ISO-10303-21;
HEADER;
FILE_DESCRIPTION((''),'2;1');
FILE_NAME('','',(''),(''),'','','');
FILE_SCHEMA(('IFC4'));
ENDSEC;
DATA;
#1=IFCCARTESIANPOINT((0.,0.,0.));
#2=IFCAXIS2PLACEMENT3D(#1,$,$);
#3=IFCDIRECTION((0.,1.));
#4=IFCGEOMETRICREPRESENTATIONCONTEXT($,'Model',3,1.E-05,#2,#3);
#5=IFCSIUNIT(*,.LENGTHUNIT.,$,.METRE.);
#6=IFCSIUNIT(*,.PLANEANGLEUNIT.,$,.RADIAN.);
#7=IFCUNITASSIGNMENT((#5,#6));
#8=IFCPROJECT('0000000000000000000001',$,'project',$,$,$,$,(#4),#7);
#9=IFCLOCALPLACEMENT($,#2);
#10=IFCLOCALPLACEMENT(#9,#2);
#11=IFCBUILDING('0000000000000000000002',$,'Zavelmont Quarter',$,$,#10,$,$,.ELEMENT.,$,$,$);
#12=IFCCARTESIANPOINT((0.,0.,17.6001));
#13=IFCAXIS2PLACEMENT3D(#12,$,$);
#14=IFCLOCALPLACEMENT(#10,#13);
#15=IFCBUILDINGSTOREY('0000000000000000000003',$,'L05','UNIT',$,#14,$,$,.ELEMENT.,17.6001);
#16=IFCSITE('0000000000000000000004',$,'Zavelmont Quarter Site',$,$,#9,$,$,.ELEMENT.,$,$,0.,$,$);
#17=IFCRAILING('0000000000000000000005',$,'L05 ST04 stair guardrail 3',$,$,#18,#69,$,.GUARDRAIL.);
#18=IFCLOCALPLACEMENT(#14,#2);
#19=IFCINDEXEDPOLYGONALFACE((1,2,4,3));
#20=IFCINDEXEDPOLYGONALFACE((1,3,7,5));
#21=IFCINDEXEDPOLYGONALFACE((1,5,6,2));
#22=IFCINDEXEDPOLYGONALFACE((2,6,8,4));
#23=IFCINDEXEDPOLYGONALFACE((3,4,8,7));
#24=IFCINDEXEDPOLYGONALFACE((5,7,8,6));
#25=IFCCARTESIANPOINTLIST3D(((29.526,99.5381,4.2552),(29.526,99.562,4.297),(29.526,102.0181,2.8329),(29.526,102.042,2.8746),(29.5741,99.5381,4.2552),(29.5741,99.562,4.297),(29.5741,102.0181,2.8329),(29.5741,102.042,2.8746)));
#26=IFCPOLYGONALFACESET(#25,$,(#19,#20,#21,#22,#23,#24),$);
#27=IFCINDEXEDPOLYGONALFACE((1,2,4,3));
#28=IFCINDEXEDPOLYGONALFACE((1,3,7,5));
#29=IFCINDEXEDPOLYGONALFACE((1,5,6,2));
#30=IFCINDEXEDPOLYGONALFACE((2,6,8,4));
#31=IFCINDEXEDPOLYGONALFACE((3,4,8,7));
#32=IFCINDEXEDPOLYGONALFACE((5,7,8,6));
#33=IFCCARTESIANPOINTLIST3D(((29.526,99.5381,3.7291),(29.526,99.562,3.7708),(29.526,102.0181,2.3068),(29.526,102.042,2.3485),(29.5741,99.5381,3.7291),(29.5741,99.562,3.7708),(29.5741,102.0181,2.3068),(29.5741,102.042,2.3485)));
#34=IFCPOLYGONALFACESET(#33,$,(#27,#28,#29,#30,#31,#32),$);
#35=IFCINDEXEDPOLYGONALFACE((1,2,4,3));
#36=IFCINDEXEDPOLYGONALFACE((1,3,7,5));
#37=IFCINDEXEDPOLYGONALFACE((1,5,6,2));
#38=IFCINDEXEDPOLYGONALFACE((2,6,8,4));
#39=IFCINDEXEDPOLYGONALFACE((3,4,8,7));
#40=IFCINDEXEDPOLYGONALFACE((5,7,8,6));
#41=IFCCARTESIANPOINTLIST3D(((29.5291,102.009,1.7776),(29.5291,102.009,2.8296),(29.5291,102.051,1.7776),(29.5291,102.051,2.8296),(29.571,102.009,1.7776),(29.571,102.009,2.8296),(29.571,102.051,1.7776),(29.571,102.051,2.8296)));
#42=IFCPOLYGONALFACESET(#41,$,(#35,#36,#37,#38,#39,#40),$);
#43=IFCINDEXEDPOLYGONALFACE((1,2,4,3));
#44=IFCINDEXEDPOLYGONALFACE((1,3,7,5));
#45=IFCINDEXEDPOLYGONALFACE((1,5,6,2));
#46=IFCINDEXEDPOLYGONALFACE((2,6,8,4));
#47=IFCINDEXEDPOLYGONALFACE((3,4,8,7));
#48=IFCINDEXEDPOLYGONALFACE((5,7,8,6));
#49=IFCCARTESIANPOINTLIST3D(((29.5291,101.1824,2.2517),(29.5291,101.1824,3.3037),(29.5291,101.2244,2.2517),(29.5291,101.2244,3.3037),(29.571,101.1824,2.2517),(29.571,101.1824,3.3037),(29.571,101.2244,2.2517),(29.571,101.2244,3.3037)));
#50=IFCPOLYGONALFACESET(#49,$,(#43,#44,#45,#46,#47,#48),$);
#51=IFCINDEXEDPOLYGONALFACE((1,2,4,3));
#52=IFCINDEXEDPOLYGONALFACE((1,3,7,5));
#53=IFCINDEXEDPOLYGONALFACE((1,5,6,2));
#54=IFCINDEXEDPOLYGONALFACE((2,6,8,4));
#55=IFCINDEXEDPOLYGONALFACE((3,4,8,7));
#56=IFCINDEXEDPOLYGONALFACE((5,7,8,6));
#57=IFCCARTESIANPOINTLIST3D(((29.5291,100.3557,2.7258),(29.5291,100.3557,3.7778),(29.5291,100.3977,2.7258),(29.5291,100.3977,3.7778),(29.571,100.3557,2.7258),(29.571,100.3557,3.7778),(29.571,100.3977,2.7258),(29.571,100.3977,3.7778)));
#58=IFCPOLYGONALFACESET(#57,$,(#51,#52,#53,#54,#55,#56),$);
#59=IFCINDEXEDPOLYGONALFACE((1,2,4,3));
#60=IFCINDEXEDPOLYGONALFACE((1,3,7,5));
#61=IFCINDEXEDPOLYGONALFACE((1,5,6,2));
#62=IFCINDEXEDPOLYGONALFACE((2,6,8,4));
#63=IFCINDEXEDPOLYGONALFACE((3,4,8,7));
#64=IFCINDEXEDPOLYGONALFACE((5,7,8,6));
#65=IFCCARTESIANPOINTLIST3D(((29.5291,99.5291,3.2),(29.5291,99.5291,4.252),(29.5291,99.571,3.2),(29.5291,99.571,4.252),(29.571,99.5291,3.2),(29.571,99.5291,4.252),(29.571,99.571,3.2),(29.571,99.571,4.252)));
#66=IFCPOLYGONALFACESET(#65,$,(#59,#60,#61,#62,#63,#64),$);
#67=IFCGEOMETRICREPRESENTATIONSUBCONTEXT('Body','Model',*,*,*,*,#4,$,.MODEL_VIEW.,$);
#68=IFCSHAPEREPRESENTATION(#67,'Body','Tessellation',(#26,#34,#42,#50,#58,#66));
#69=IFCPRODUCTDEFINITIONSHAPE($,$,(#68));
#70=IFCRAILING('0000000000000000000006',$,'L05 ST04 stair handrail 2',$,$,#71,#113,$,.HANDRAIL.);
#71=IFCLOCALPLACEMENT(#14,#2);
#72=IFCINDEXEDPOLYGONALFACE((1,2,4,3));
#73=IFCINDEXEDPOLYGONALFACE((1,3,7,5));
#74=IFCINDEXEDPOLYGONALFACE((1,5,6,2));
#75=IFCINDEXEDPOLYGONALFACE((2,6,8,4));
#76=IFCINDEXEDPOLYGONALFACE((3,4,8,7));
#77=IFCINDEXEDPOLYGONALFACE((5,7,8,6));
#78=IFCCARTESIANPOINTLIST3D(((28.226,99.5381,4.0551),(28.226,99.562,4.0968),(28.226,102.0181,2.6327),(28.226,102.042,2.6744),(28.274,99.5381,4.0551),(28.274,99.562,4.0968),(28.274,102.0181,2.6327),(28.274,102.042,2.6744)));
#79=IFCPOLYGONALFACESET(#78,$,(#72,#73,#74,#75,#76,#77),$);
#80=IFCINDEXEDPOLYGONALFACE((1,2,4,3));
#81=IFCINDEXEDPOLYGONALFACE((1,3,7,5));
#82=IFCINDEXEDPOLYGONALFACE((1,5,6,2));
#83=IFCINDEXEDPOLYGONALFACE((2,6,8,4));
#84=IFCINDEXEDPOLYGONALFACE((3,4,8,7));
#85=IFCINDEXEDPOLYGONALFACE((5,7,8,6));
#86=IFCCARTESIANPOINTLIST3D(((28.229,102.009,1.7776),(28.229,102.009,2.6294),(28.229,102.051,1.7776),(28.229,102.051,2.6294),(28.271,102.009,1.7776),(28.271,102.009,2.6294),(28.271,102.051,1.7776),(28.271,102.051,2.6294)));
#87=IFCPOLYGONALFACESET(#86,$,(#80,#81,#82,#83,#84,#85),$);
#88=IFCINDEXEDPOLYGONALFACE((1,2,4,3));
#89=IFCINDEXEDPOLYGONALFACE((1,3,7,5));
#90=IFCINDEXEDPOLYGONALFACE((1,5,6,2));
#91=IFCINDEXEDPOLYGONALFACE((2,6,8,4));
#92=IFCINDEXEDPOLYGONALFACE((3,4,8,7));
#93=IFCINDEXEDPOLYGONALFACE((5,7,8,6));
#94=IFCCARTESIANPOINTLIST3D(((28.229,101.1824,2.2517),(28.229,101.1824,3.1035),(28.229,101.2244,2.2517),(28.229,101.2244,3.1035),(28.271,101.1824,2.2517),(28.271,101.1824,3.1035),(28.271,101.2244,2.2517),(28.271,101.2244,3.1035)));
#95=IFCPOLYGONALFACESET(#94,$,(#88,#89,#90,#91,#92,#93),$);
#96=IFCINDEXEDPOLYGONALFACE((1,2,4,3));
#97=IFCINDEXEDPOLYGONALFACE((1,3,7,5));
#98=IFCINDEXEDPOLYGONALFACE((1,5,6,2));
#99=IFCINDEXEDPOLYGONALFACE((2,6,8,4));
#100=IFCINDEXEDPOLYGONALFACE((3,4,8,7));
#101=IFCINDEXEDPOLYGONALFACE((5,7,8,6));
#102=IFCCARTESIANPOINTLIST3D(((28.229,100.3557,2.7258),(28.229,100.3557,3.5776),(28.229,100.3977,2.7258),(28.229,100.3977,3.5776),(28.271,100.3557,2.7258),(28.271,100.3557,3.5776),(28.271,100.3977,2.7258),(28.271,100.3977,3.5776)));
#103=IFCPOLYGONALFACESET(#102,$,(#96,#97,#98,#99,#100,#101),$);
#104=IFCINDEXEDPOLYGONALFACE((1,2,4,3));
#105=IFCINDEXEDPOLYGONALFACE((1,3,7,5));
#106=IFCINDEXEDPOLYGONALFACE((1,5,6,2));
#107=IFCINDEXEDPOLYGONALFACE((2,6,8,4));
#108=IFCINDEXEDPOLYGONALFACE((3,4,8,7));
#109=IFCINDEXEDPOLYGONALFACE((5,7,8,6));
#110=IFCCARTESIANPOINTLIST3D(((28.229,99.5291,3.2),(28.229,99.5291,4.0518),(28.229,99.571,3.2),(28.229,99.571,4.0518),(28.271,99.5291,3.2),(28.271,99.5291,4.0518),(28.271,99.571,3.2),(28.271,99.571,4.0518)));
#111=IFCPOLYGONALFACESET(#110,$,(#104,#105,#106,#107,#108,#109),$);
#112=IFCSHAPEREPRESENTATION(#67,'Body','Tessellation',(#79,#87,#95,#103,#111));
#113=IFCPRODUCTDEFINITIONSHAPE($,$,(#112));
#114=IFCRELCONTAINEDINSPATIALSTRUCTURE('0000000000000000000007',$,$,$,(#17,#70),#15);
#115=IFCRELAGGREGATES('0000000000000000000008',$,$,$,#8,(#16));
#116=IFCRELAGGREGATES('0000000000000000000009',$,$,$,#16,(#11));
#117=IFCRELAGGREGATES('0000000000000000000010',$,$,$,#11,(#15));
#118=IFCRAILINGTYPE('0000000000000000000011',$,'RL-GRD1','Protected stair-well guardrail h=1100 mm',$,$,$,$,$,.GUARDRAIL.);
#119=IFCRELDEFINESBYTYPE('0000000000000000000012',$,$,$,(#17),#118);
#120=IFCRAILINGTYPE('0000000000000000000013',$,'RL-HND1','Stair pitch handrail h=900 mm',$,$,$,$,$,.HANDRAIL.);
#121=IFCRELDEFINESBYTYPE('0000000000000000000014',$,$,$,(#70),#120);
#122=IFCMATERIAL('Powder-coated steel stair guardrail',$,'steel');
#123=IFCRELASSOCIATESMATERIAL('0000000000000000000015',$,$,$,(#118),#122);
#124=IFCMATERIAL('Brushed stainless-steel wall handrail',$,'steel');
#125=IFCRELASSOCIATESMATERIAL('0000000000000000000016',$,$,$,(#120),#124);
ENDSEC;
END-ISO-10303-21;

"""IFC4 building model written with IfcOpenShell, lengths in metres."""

from ifc_helpers import new_model, si_unit, direction, frame, origin, origin_2d, place, context, subcontext, project, spatial, rectangle, extrude, material, type_object, element, save


model = new_model("IFC4")

# Units and contexts
model_context = context("Model", 3, precision=1e-05, world=origin(), true_north=direction((0.0, 1.0)))
body_context = subcontext(model_context, "Body", "Model", "MODEL_VIEW")
ifc_project = project(units=[si_unit("LENGTHUNIT", "METRE"), si_unit("PLANEANGLEUNIT", "RADIAN")], contexts=[model_context])

# Site, building, storey
site_placement = place(None, origin())
site = spatial("IfcSite", under=ifc_project, at=site_placement, Name="Zavelmont Quarter Site", CompositionType="ELEMENT", RefElevation=0.0)
building_placement = place(site_placement, origin())
building = spatial("IfcBuilding", under=site, at=building_placement, Name="Zavelmont Quarter", CompositionType="ELEMENT")
storey_placement = place(building_placement, frame((0.0, 0.0, 17.6001)))
storey = spatial("IfcBuildingStorey", under=building, at=storey_placement, Name="L05", Description="UNIT", CompositionType="ELEMENT", Elevation=17.6001)

# Railings
ifc_material_1 = material(Name="Powder-coated steel stair guardrail", Category="steel")
railing_type_1 = type_object("IfcRailingType", Name="RL-GRD1", Description="Protected stair-well guardrail h=1100 mm", PredefinedType="GUARDRAIL", material=ifc_material_1)
railing_1_placement = place(storey_placement, frame((29.55, 102.03, 1.7776)))
element("IfcRailing", 1, at=railing_1_placement, inside=storey, type_object=railing_type_1, Name="L05 ST04 stair guardrail 3", PredefinedType="GUARDRAIL", context=body_context, shape_type="SweptSolid", body=[
    extrude(rectangle(XDim=0.0481, YDim=0.0481, at=origin_2d()), frame((0.0, 0.0, 1.0762), z_axis=(0.0, -0.867454, 0.497518), x_axis=(1.0, 0.0, 0.0)), (0.0, 0.0, 1.0), 2.8589),
    extrude(rectangle(XDim=0.0481, YDim=0.0481, at=origin_2d()), frame((0.0, 0.0, 0.55), z_axis=(0.0, -0.867454, 0.497518), x_axis=(1.0, 0.0, 0.0)), (0.0, 0.0, 1.0), 2.8589),
    extrude(rectangle(XDim=0.042, YDim=0.042, at=origin_2d()), origin(), (0.0, 0.0, 1.0), 1.052),
    extrude(rectangle(XDim=0.042, YDim=0.042, at=origin_2d()), frame((0.0, -0.8267, 0.4741)), (0.0, 0.0, 1.0), 1.052),
    extrude(rectangle(XDim=0.042, YDim=0.042, at=origin_2d()), frame((0.0, -1.6533, 0.9482)), (0.0, 0.0, 1.0), 1.052),
    extrude(rectangle(XDim=0.042, YDim=0.042, at=origin_2d()), frame((0.0, -2.48, 1.4224)), (0.0, 0.0, 1.0), 1.052),
])
ifc_material_2 = material(Name="Brushed stainless-steel wall handrail", Category="steel")
railing_type_2 = type_object("IfcRailingType", Name="RL-HND1", Description="Stair pitch handrail h=900 mm", PredefinedType="HANDRAIL", material=ifc_material_2)
railing_2_placement = place(storey_placement, frame((28.25, 102.03, 1.7776)))
element("IfcRailing", 2, at=railing_2_placement, inside=storey, type_object=railing_type_2, Name="L05 ST04 stair handrail 2", PredefinedType="HANDRAIL", context=body_context, shape_type="SweptSolid", body=[
    extrude(rectangle(XDim=0.0481, YDim=0.0481, at=origin_2d()), frame((0.0, 0.0, 0.876), z_axis=(0.0, -0.867454, 0.497518), x_axis=(1.0, 0.0, 0.0)), (0.0, 0.0, 1.0), 2.8589),
    extrude(rectangle(XDim=0.042, YDim=0.042, at=origin_2d()), origin(), (0.0, 0.0, 1.0), 0.8518),
    extrude(rectangle(XDim=0.042, YDim=0.042, at=origin_2d()), frame((0.0, -0.8267, 0.4741)), (0.0, 0.0, 1.0), 0.8518),
    extrude(rectangle(XDim=0.042, YDim=0.042, at=origin_2d()), frame((0.0, -1.6533, 0.9482)), (0.0, 0.0, 1.0), 0.8518),
    extrude(rectangle(XDim=0.042, YDim=0.042, at=origin_2d()), frame((0.0, -2.48, 1.4224)), (0.0, 0.0, 1.0), 0.8518),
])

save(model, "model.ifc")
